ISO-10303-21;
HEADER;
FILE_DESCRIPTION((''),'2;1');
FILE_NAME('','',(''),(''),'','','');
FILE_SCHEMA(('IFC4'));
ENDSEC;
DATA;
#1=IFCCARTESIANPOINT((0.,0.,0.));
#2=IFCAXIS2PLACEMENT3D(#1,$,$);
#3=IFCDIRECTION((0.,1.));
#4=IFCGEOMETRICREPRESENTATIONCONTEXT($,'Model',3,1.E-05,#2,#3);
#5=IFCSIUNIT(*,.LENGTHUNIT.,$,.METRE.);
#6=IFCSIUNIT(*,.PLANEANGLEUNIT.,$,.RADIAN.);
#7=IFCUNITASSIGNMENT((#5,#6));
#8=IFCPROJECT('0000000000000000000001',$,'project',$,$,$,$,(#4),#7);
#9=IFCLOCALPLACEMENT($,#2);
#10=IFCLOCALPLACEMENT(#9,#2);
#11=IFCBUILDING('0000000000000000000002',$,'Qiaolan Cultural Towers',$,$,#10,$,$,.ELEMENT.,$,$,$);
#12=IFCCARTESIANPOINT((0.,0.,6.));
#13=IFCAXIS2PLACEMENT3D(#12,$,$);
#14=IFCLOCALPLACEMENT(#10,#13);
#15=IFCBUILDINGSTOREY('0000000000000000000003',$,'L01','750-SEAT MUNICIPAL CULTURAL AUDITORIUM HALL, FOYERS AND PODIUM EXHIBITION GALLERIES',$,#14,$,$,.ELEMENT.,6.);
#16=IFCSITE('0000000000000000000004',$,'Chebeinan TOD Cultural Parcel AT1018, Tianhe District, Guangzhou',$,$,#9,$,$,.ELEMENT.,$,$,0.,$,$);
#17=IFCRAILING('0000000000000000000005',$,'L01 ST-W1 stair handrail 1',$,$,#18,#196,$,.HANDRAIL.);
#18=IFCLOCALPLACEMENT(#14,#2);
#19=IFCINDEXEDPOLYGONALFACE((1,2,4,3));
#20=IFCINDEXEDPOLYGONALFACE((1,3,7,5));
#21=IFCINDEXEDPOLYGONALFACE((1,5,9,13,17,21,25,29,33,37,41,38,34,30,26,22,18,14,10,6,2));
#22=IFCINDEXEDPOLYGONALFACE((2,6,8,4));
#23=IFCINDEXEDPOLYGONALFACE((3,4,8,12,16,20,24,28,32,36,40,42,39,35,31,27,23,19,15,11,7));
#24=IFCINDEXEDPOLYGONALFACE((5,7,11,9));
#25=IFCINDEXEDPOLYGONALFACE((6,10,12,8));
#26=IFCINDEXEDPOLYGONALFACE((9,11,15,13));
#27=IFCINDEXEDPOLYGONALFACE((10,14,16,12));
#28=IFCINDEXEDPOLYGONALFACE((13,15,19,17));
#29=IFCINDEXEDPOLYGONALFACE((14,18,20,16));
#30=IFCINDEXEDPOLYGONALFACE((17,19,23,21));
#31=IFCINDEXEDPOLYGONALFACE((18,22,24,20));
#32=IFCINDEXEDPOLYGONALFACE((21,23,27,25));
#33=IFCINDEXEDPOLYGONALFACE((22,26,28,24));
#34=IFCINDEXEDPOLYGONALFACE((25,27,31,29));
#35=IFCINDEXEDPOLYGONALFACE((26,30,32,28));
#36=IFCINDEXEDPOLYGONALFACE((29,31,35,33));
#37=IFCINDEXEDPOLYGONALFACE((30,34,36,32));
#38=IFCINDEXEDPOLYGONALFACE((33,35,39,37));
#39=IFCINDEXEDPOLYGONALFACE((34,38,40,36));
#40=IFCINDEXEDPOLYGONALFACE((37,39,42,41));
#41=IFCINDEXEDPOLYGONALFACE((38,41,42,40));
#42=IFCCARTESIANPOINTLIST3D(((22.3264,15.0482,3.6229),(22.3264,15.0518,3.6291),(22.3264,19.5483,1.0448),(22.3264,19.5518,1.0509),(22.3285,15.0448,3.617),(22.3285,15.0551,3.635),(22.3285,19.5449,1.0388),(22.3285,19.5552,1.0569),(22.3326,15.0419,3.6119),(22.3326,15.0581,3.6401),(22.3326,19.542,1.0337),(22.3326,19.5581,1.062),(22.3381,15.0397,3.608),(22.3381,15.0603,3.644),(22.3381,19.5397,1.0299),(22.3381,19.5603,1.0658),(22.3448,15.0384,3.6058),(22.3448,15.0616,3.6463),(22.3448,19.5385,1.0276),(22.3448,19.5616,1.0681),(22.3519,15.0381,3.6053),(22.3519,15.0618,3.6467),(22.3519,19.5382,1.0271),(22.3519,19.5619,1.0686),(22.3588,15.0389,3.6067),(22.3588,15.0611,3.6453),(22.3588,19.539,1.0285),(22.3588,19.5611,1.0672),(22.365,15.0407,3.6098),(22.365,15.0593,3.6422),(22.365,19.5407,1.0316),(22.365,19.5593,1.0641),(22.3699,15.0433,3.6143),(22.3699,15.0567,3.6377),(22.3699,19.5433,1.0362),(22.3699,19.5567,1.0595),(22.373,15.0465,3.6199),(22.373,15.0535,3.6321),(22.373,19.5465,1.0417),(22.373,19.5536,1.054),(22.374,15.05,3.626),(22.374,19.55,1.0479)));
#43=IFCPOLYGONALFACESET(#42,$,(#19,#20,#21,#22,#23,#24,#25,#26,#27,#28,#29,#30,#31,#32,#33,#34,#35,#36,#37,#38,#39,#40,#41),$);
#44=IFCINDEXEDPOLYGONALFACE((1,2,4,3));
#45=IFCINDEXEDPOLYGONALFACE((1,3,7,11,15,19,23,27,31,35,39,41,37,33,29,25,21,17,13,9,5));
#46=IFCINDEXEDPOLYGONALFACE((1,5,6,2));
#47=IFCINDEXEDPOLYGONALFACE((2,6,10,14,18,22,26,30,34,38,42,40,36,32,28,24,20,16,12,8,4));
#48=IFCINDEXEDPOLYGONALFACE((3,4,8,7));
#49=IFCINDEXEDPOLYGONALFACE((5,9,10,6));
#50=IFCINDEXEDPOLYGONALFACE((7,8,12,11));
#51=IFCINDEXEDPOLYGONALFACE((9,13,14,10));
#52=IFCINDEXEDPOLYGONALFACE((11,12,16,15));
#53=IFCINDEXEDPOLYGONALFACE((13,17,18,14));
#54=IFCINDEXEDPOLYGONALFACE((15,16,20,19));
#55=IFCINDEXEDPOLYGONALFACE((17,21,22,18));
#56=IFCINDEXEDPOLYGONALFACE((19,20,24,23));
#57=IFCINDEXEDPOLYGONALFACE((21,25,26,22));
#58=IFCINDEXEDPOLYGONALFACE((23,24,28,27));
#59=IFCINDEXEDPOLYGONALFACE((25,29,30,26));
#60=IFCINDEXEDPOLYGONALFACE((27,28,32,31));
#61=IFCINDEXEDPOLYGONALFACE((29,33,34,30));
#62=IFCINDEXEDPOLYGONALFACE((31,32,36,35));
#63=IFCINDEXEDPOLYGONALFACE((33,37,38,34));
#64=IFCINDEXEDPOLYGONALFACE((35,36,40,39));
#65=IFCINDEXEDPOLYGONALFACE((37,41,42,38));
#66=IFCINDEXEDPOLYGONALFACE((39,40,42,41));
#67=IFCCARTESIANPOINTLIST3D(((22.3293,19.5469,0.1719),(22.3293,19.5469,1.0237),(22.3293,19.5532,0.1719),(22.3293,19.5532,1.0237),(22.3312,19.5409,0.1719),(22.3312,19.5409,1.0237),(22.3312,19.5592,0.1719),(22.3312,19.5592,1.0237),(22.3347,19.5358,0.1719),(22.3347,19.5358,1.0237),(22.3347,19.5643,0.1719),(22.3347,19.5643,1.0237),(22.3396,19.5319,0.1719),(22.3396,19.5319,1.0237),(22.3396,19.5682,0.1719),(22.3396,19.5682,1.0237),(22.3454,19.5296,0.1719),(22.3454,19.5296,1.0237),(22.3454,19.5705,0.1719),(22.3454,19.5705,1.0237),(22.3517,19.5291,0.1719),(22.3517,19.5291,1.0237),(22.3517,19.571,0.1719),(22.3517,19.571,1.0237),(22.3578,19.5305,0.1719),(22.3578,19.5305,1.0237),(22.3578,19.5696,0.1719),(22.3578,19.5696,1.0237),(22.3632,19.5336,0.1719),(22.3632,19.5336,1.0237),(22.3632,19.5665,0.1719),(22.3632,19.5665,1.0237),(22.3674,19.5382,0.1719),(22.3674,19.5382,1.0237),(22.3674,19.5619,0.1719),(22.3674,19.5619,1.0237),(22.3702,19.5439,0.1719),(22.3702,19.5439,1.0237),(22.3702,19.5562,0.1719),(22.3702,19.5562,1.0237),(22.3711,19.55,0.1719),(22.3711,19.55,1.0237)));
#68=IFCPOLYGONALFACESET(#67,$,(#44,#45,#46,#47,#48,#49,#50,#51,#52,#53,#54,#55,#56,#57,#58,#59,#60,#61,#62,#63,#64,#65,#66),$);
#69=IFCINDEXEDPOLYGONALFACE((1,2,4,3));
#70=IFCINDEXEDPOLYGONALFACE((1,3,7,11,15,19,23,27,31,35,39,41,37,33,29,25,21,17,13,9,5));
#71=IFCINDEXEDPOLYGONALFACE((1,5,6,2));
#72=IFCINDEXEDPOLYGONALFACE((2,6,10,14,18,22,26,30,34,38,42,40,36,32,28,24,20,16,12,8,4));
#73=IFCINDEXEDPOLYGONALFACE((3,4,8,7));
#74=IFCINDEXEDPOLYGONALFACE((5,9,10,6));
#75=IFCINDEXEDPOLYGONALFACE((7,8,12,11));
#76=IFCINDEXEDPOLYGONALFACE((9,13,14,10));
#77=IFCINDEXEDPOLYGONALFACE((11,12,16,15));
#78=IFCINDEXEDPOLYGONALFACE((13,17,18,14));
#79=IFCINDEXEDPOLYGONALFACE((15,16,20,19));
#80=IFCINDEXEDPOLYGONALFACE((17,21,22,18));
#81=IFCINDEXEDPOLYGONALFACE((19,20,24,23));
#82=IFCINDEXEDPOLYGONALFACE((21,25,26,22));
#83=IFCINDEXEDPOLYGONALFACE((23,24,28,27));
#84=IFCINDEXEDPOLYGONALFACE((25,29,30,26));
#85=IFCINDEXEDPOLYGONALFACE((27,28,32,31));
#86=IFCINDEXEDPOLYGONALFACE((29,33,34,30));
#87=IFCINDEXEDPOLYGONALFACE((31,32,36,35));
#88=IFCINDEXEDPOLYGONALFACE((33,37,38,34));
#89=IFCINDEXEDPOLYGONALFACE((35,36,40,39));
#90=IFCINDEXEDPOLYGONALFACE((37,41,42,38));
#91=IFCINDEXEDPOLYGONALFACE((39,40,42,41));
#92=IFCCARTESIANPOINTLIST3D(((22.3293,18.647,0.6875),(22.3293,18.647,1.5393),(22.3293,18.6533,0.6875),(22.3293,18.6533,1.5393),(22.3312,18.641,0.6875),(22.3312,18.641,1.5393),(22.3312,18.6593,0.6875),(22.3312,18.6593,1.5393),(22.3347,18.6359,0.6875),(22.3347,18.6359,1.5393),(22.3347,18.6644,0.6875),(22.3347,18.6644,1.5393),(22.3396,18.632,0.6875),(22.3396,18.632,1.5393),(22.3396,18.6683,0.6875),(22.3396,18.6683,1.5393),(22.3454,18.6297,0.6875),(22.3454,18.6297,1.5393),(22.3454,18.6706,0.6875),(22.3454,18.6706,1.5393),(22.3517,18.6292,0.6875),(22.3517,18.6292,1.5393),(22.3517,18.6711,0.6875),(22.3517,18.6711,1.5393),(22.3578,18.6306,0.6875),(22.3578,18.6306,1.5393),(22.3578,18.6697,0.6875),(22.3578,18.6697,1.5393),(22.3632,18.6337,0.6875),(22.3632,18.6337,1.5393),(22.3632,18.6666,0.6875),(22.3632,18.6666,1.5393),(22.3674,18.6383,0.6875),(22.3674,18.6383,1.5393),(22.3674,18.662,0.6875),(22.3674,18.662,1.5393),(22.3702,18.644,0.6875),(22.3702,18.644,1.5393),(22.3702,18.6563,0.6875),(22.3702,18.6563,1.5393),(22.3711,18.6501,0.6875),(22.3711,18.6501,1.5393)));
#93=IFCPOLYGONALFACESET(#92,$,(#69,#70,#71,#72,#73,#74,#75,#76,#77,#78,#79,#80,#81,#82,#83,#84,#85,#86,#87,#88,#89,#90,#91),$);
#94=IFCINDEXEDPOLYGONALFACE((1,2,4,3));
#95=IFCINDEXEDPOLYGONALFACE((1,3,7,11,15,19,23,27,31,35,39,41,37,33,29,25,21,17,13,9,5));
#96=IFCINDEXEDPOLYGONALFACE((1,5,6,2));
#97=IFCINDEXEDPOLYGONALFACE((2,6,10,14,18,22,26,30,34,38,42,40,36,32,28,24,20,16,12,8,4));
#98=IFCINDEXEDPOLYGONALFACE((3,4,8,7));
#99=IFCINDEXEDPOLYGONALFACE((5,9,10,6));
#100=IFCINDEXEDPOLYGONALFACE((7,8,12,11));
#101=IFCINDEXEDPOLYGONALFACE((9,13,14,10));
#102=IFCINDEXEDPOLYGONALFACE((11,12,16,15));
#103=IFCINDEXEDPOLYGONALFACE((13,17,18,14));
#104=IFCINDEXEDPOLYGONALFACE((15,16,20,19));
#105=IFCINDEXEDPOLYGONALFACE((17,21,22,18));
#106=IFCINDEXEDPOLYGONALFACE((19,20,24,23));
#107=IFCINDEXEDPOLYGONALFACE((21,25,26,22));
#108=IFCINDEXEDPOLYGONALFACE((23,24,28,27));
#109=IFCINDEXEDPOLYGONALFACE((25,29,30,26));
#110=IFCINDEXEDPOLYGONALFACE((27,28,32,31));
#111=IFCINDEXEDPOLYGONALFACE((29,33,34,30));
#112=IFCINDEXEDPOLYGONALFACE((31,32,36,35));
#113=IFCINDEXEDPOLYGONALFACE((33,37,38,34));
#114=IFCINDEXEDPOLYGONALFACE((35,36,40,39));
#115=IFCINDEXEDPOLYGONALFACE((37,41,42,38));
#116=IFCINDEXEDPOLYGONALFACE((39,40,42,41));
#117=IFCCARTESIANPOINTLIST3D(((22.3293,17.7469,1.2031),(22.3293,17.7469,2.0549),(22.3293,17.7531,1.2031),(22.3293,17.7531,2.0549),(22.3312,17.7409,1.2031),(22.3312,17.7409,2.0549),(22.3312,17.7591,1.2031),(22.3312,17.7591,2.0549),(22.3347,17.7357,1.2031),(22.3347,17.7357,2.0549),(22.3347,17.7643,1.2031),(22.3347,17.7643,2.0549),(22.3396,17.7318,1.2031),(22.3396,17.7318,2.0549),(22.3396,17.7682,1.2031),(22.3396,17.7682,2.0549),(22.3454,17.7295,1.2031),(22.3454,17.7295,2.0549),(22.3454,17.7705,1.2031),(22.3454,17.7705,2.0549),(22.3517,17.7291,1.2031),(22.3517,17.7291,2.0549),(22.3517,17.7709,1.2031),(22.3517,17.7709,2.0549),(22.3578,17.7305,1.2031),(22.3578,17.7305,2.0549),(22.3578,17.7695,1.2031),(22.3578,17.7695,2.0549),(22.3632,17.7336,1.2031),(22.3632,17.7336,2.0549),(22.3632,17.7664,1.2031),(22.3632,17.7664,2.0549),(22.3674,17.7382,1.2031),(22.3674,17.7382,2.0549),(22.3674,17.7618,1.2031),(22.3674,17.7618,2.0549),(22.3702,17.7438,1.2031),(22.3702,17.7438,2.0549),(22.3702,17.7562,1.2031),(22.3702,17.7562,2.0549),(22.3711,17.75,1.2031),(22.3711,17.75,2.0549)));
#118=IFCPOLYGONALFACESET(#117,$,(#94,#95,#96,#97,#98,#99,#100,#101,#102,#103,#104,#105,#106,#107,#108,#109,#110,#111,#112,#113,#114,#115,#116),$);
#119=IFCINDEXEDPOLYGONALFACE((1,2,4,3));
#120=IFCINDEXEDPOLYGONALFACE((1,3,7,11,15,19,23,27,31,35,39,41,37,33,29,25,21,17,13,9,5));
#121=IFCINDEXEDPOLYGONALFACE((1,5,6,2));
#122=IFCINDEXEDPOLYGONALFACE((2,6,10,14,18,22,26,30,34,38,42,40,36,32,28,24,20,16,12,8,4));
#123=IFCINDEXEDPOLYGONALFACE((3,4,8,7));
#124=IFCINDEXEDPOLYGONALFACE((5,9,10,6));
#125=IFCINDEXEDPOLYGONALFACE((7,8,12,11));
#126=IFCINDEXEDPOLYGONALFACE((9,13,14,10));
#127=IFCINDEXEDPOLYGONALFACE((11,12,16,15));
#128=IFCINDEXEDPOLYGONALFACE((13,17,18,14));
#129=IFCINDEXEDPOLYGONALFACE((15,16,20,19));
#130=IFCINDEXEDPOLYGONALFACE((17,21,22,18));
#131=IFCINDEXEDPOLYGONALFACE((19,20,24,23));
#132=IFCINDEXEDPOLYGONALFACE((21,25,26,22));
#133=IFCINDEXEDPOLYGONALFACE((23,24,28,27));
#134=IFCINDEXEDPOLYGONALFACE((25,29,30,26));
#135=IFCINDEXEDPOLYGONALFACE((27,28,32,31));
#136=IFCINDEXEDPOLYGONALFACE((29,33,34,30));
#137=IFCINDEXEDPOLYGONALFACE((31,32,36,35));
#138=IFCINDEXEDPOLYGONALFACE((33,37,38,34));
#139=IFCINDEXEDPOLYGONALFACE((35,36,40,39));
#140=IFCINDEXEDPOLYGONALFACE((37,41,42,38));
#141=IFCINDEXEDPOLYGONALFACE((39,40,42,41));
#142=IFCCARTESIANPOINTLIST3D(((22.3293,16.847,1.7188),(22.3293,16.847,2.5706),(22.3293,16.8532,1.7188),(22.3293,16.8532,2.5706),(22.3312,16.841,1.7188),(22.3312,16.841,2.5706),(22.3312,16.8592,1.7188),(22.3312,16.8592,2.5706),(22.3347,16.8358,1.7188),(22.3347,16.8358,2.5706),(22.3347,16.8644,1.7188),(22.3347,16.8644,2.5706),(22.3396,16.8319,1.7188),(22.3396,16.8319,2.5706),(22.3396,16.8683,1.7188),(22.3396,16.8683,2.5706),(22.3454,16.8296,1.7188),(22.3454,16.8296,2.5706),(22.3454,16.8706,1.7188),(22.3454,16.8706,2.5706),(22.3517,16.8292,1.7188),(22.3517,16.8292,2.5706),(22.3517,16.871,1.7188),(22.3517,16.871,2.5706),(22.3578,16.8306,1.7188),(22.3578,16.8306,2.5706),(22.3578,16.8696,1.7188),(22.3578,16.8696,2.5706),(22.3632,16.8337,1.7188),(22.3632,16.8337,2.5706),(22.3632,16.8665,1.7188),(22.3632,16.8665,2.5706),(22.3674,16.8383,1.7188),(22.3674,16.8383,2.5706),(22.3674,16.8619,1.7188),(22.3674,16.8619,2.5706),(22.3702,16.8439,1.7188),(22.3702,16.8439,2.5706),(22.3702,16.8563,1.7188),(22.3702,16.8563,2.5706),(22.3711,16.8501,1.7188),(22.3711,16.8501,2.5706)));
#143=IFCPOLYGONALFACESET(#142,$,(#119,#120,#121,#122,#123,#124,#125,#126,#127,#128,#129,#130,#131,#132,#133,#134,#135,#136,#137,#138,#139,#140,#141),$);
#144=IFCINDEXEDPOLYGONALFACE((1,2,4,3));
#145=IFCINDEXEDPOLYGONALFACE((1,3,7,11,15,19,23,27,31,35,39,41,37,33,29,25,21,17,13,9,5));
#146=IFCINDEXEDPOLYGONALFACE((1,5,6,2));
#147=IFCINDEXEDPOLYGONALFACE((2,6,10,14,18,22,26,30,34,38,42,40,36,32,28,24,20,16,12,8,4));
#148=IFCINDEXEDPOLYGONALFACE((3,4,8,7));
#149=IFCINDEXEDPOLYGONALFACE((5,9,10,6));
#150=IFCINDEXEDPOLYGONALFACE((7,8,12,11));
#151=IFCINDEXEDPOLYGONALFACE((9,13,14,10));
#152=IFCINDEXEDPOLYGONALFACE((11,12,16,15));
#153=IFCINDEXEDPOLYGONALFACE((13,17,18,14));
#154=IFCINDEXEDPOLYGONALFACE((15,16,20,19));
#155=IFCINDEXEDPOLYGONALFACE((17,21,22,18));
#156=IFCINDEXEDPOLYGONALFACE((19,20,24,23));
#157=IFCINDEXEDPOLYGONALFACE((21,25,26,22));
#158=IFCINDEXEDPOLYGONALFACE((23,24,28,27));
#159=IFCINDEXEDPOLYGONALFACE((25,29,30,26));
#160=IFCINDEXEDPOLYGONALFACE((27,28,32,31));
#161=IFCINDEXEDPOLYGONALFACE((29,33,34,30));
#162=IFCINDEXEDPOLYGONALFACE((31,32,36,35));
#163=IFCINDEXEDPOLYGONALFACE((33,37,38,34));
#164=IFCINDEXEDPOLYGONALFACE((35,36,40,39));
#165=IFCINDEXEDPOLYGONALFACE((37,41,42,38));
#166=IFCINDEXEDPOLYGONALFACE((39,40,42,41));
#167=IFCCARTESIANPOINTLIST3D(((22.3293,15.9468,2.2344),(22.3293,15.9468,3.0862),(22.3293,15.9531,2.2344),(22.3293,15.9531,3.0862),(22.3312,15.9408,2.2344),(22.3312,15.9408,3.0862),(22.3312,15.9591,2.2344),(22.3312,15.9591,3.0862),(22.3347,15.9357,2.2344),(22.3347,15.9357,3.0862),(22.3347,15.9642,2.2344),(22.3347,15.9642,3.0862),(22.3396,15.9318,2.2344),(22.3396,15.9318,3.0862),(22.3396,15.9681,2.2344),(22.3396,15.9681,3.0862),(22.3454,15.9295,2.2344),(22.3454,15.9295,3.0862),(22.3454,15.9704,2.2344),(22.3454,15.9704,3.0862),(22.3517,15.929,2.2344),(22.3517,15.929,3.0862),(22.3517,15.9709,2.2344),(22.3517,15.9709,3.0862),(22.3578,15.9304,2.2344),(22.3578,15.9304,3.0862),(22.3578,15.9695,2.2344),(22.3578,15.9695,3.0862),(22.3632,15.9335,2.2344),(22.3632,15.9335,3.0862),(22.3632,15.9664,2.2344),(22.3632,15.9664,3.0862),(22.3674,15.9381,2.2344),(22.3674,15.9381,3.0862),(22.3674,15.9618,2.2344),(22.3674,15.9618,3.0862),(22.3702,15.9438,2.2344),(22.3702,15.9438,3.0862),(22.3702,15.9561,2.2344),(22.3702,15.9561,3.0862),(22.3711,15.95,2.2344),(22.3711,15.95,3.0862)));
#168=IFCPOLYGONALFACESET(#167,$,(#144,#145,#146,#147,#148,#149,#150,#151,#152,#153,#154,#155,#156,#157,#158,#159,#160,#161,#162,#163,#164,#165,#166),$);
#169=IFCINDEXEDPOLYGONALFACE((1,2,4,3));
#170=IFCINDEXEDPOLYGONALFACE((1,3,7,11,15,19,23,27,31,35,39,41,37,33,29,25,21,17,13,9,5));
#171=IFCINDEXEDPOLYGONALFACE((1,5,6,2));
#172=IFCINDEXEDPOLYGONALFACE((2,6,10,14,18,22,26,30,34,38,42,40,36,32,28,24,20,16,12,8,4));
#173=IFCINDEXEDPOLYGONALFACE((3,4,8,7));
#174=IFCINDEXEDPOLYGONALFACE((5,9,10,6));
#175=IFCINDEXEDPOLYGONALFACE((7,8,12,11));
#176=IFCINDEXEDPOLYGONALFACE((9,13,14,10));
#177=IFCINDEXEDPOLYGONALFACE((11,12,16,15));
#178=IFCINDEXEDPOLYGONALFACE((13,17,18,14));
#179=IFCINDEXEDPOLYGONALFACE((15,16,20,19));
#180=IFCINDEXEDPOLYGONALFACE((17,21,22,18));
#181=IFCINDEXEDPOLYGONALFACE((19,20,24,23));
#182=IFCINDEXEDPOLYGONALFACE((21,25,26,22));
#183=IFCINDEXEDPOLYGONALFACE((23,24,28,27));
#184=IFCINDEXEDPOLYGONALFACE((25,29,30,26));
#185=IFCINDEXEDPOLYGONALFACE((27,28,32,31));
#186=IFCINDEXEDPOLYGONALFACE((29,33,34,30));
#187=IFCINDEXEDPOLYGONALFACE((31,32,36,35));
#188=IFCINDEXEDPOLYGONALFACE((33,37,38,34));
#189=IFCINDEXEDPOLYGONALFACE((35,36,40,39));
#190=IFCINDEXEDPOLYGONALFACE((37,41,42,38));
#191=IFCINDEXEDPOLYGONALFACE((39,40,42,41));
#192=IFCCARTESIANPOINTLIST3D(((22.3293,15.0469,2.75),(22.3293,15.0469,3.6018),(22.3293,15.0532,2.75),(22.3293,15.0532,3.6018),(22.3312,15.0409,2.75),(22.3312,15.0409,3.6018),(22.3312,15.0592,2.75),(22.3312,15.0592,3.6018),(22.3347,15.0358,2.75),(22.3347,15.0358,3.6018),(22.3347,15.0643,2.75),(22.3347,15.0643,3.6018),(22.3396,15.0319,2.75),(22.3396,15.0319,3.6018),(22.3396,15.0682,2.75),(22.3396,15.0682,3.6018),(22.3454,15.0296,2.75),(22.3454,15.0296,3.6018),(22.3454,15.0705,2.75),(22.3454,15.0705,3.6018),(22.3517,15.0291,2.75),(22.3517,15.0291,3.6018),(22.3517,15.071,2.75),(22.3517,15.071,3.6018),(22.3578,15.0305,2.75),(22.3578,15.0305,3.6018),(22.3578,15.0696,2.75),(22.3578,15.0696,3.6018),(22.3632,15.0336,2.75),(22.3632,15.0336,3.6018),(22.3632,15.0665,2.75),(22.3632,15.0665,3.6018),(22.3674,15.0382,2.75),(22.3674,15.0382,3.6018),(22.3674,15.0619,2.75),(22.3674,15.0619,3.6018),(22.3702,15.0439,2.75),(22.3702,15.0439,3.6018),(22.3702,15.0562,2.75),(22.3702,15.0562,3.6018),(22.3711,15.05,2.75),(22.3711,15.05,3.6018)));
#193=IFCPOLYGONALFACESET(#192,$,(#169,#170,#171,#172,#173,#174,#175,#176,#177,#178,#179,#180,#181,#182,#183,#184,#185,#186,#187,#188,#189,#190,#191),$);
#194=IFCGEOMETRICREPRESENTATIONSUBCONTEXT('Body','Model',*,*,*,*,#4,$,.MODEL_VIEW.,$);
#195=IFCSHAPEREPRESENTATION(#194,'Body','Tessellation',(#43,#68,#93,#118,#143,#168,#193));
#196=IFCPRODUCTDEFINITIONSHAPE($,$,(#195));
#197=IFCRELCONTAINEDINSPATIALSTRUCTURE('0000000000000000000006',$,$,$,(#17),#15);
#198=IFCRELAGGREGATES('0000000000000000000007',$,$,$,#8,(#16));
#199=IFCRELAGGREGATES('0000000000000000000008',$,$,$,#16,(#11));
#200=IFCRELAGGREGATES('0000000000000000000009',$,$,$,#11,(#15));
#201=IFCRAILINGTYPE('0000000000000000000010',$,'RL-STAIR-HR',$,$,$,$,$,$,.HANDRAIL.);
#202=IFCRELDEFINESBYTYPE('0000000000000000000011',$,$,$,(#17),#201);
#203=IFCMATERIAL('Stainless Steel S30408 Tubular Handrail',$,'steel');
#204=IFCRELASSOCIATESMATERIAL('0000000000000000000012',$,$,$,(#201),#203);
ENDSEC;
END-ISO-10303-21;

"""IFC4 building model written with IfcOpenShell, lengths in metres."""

from ifc_helpers import new_model, si_unit, direction, frame, origin, origin_2d, place, context, subcontext, project, spatial, circle, extrude, material, type_object, element, save


model = new_model("IFC4")

# Units and contexts
model_context = context("Model", 3, precision=1e-05, world=origin(), true_north=direction((0.0, 1.0)))
body_context = subcontext(model_context, "Body", "Model", "MODEL_VIEW")
ifc_project = project(units=[si_unit("LENGTHUNIT", "METRE"), si_unit("PLANEANGLEUNIT", "RADIAN")], contexts=[model_context])

# Site, building, storey
site_placement = place(None, origin())
site = spatial("IfcSite", under=ifc_project, at=site_placement, Name="Chebeinan TOD Cultural Parcel AT1018, Tianhe District, Guangzhou", CompositionType="ELEMENT", RefElevation=0.0)
building_placement = place(site_placement, origin())
building = spatial("IfcBuilding", under=site, at=building_placement, Name="Qiaolan Cultural Towers", CompositionType="ELEMENT")
storey_placement = place(building_placement, frame((0.0, 0.0, 6.0)))
storey = spatial("IfcBuildingStorey", under=building, at=storey_placement, Name="L01", Description="750-SEAT MUNICIPAL CULTURAL AUDITORIUM HALL, FOYERS AND PODIUM EXHIBITION GALLERIES", CompositionType="ELEMENT", Elevation=6.0)

# Railing
ifc_material_1 = material(Name="Stainless Steel S30408 Tubular Handrail", Category="steel")
railing_type_1 = type_object("IfcRailingType", Name="RL-STAIR-HR", PredefinedType="HANDRAIL", material=ifc_material_1)
railing_1_placement = place(storey_placement, frame((22.3501, 19.55, 0.1719)))
element("IfcRailing", 1, at=railing_1_placement, inside=storey, type_object=railing_type_1, Name="L01 ST-W1 stair handrail 1", PredefinedType="HANDRAIL", context=body_context, shape_type="SweptSolid", body=[
    extrude(circle(Radius=0.0239, at=origin_2d()), frame((0.0, 0.0, 0.876), z_axis=(0.0, -0.867686, 0.497112), x_axis=(1.0, 0.0, 0.0)), (0.0, 0.0, 1.0), 5.1863),
    extrude(circle(Radius=0.021, at=origin_2d()), origin(), (0.0, 0.0, 1.0), 0.8518),
    extrude(circle(Radius=0.021, at=origin_2d()), frame((0.0, -0.8999, 0.5156)), (0.0, 0.0, 1.0), 0.8518),
    extrude(circle(Radius=0.021, at=origin_2d()), frame((0.0, -1.8, 1.0312)), (0.0, 0.0, 1.0), 0.8518),
    extrude(circle(Radius=0.021, at=origin_2d()), frame((0.0, -2.7, 1.5469)), (0.0, 0.0, 1.0), 0.8518),
    extrude(circle(Radius=0.021, at=origin_2d()), frame((0.0, -3.6001, 2.0625)), (0.0, 0.0, 1.0), 0.8518),
    extrude(circle(Radius=0.021, at=origin_2d()), frame((0.0, -4.5, 2.5781)), (0.0, 0.0, 1.0), 0.8518),
])

save(model, "model.ifc")
